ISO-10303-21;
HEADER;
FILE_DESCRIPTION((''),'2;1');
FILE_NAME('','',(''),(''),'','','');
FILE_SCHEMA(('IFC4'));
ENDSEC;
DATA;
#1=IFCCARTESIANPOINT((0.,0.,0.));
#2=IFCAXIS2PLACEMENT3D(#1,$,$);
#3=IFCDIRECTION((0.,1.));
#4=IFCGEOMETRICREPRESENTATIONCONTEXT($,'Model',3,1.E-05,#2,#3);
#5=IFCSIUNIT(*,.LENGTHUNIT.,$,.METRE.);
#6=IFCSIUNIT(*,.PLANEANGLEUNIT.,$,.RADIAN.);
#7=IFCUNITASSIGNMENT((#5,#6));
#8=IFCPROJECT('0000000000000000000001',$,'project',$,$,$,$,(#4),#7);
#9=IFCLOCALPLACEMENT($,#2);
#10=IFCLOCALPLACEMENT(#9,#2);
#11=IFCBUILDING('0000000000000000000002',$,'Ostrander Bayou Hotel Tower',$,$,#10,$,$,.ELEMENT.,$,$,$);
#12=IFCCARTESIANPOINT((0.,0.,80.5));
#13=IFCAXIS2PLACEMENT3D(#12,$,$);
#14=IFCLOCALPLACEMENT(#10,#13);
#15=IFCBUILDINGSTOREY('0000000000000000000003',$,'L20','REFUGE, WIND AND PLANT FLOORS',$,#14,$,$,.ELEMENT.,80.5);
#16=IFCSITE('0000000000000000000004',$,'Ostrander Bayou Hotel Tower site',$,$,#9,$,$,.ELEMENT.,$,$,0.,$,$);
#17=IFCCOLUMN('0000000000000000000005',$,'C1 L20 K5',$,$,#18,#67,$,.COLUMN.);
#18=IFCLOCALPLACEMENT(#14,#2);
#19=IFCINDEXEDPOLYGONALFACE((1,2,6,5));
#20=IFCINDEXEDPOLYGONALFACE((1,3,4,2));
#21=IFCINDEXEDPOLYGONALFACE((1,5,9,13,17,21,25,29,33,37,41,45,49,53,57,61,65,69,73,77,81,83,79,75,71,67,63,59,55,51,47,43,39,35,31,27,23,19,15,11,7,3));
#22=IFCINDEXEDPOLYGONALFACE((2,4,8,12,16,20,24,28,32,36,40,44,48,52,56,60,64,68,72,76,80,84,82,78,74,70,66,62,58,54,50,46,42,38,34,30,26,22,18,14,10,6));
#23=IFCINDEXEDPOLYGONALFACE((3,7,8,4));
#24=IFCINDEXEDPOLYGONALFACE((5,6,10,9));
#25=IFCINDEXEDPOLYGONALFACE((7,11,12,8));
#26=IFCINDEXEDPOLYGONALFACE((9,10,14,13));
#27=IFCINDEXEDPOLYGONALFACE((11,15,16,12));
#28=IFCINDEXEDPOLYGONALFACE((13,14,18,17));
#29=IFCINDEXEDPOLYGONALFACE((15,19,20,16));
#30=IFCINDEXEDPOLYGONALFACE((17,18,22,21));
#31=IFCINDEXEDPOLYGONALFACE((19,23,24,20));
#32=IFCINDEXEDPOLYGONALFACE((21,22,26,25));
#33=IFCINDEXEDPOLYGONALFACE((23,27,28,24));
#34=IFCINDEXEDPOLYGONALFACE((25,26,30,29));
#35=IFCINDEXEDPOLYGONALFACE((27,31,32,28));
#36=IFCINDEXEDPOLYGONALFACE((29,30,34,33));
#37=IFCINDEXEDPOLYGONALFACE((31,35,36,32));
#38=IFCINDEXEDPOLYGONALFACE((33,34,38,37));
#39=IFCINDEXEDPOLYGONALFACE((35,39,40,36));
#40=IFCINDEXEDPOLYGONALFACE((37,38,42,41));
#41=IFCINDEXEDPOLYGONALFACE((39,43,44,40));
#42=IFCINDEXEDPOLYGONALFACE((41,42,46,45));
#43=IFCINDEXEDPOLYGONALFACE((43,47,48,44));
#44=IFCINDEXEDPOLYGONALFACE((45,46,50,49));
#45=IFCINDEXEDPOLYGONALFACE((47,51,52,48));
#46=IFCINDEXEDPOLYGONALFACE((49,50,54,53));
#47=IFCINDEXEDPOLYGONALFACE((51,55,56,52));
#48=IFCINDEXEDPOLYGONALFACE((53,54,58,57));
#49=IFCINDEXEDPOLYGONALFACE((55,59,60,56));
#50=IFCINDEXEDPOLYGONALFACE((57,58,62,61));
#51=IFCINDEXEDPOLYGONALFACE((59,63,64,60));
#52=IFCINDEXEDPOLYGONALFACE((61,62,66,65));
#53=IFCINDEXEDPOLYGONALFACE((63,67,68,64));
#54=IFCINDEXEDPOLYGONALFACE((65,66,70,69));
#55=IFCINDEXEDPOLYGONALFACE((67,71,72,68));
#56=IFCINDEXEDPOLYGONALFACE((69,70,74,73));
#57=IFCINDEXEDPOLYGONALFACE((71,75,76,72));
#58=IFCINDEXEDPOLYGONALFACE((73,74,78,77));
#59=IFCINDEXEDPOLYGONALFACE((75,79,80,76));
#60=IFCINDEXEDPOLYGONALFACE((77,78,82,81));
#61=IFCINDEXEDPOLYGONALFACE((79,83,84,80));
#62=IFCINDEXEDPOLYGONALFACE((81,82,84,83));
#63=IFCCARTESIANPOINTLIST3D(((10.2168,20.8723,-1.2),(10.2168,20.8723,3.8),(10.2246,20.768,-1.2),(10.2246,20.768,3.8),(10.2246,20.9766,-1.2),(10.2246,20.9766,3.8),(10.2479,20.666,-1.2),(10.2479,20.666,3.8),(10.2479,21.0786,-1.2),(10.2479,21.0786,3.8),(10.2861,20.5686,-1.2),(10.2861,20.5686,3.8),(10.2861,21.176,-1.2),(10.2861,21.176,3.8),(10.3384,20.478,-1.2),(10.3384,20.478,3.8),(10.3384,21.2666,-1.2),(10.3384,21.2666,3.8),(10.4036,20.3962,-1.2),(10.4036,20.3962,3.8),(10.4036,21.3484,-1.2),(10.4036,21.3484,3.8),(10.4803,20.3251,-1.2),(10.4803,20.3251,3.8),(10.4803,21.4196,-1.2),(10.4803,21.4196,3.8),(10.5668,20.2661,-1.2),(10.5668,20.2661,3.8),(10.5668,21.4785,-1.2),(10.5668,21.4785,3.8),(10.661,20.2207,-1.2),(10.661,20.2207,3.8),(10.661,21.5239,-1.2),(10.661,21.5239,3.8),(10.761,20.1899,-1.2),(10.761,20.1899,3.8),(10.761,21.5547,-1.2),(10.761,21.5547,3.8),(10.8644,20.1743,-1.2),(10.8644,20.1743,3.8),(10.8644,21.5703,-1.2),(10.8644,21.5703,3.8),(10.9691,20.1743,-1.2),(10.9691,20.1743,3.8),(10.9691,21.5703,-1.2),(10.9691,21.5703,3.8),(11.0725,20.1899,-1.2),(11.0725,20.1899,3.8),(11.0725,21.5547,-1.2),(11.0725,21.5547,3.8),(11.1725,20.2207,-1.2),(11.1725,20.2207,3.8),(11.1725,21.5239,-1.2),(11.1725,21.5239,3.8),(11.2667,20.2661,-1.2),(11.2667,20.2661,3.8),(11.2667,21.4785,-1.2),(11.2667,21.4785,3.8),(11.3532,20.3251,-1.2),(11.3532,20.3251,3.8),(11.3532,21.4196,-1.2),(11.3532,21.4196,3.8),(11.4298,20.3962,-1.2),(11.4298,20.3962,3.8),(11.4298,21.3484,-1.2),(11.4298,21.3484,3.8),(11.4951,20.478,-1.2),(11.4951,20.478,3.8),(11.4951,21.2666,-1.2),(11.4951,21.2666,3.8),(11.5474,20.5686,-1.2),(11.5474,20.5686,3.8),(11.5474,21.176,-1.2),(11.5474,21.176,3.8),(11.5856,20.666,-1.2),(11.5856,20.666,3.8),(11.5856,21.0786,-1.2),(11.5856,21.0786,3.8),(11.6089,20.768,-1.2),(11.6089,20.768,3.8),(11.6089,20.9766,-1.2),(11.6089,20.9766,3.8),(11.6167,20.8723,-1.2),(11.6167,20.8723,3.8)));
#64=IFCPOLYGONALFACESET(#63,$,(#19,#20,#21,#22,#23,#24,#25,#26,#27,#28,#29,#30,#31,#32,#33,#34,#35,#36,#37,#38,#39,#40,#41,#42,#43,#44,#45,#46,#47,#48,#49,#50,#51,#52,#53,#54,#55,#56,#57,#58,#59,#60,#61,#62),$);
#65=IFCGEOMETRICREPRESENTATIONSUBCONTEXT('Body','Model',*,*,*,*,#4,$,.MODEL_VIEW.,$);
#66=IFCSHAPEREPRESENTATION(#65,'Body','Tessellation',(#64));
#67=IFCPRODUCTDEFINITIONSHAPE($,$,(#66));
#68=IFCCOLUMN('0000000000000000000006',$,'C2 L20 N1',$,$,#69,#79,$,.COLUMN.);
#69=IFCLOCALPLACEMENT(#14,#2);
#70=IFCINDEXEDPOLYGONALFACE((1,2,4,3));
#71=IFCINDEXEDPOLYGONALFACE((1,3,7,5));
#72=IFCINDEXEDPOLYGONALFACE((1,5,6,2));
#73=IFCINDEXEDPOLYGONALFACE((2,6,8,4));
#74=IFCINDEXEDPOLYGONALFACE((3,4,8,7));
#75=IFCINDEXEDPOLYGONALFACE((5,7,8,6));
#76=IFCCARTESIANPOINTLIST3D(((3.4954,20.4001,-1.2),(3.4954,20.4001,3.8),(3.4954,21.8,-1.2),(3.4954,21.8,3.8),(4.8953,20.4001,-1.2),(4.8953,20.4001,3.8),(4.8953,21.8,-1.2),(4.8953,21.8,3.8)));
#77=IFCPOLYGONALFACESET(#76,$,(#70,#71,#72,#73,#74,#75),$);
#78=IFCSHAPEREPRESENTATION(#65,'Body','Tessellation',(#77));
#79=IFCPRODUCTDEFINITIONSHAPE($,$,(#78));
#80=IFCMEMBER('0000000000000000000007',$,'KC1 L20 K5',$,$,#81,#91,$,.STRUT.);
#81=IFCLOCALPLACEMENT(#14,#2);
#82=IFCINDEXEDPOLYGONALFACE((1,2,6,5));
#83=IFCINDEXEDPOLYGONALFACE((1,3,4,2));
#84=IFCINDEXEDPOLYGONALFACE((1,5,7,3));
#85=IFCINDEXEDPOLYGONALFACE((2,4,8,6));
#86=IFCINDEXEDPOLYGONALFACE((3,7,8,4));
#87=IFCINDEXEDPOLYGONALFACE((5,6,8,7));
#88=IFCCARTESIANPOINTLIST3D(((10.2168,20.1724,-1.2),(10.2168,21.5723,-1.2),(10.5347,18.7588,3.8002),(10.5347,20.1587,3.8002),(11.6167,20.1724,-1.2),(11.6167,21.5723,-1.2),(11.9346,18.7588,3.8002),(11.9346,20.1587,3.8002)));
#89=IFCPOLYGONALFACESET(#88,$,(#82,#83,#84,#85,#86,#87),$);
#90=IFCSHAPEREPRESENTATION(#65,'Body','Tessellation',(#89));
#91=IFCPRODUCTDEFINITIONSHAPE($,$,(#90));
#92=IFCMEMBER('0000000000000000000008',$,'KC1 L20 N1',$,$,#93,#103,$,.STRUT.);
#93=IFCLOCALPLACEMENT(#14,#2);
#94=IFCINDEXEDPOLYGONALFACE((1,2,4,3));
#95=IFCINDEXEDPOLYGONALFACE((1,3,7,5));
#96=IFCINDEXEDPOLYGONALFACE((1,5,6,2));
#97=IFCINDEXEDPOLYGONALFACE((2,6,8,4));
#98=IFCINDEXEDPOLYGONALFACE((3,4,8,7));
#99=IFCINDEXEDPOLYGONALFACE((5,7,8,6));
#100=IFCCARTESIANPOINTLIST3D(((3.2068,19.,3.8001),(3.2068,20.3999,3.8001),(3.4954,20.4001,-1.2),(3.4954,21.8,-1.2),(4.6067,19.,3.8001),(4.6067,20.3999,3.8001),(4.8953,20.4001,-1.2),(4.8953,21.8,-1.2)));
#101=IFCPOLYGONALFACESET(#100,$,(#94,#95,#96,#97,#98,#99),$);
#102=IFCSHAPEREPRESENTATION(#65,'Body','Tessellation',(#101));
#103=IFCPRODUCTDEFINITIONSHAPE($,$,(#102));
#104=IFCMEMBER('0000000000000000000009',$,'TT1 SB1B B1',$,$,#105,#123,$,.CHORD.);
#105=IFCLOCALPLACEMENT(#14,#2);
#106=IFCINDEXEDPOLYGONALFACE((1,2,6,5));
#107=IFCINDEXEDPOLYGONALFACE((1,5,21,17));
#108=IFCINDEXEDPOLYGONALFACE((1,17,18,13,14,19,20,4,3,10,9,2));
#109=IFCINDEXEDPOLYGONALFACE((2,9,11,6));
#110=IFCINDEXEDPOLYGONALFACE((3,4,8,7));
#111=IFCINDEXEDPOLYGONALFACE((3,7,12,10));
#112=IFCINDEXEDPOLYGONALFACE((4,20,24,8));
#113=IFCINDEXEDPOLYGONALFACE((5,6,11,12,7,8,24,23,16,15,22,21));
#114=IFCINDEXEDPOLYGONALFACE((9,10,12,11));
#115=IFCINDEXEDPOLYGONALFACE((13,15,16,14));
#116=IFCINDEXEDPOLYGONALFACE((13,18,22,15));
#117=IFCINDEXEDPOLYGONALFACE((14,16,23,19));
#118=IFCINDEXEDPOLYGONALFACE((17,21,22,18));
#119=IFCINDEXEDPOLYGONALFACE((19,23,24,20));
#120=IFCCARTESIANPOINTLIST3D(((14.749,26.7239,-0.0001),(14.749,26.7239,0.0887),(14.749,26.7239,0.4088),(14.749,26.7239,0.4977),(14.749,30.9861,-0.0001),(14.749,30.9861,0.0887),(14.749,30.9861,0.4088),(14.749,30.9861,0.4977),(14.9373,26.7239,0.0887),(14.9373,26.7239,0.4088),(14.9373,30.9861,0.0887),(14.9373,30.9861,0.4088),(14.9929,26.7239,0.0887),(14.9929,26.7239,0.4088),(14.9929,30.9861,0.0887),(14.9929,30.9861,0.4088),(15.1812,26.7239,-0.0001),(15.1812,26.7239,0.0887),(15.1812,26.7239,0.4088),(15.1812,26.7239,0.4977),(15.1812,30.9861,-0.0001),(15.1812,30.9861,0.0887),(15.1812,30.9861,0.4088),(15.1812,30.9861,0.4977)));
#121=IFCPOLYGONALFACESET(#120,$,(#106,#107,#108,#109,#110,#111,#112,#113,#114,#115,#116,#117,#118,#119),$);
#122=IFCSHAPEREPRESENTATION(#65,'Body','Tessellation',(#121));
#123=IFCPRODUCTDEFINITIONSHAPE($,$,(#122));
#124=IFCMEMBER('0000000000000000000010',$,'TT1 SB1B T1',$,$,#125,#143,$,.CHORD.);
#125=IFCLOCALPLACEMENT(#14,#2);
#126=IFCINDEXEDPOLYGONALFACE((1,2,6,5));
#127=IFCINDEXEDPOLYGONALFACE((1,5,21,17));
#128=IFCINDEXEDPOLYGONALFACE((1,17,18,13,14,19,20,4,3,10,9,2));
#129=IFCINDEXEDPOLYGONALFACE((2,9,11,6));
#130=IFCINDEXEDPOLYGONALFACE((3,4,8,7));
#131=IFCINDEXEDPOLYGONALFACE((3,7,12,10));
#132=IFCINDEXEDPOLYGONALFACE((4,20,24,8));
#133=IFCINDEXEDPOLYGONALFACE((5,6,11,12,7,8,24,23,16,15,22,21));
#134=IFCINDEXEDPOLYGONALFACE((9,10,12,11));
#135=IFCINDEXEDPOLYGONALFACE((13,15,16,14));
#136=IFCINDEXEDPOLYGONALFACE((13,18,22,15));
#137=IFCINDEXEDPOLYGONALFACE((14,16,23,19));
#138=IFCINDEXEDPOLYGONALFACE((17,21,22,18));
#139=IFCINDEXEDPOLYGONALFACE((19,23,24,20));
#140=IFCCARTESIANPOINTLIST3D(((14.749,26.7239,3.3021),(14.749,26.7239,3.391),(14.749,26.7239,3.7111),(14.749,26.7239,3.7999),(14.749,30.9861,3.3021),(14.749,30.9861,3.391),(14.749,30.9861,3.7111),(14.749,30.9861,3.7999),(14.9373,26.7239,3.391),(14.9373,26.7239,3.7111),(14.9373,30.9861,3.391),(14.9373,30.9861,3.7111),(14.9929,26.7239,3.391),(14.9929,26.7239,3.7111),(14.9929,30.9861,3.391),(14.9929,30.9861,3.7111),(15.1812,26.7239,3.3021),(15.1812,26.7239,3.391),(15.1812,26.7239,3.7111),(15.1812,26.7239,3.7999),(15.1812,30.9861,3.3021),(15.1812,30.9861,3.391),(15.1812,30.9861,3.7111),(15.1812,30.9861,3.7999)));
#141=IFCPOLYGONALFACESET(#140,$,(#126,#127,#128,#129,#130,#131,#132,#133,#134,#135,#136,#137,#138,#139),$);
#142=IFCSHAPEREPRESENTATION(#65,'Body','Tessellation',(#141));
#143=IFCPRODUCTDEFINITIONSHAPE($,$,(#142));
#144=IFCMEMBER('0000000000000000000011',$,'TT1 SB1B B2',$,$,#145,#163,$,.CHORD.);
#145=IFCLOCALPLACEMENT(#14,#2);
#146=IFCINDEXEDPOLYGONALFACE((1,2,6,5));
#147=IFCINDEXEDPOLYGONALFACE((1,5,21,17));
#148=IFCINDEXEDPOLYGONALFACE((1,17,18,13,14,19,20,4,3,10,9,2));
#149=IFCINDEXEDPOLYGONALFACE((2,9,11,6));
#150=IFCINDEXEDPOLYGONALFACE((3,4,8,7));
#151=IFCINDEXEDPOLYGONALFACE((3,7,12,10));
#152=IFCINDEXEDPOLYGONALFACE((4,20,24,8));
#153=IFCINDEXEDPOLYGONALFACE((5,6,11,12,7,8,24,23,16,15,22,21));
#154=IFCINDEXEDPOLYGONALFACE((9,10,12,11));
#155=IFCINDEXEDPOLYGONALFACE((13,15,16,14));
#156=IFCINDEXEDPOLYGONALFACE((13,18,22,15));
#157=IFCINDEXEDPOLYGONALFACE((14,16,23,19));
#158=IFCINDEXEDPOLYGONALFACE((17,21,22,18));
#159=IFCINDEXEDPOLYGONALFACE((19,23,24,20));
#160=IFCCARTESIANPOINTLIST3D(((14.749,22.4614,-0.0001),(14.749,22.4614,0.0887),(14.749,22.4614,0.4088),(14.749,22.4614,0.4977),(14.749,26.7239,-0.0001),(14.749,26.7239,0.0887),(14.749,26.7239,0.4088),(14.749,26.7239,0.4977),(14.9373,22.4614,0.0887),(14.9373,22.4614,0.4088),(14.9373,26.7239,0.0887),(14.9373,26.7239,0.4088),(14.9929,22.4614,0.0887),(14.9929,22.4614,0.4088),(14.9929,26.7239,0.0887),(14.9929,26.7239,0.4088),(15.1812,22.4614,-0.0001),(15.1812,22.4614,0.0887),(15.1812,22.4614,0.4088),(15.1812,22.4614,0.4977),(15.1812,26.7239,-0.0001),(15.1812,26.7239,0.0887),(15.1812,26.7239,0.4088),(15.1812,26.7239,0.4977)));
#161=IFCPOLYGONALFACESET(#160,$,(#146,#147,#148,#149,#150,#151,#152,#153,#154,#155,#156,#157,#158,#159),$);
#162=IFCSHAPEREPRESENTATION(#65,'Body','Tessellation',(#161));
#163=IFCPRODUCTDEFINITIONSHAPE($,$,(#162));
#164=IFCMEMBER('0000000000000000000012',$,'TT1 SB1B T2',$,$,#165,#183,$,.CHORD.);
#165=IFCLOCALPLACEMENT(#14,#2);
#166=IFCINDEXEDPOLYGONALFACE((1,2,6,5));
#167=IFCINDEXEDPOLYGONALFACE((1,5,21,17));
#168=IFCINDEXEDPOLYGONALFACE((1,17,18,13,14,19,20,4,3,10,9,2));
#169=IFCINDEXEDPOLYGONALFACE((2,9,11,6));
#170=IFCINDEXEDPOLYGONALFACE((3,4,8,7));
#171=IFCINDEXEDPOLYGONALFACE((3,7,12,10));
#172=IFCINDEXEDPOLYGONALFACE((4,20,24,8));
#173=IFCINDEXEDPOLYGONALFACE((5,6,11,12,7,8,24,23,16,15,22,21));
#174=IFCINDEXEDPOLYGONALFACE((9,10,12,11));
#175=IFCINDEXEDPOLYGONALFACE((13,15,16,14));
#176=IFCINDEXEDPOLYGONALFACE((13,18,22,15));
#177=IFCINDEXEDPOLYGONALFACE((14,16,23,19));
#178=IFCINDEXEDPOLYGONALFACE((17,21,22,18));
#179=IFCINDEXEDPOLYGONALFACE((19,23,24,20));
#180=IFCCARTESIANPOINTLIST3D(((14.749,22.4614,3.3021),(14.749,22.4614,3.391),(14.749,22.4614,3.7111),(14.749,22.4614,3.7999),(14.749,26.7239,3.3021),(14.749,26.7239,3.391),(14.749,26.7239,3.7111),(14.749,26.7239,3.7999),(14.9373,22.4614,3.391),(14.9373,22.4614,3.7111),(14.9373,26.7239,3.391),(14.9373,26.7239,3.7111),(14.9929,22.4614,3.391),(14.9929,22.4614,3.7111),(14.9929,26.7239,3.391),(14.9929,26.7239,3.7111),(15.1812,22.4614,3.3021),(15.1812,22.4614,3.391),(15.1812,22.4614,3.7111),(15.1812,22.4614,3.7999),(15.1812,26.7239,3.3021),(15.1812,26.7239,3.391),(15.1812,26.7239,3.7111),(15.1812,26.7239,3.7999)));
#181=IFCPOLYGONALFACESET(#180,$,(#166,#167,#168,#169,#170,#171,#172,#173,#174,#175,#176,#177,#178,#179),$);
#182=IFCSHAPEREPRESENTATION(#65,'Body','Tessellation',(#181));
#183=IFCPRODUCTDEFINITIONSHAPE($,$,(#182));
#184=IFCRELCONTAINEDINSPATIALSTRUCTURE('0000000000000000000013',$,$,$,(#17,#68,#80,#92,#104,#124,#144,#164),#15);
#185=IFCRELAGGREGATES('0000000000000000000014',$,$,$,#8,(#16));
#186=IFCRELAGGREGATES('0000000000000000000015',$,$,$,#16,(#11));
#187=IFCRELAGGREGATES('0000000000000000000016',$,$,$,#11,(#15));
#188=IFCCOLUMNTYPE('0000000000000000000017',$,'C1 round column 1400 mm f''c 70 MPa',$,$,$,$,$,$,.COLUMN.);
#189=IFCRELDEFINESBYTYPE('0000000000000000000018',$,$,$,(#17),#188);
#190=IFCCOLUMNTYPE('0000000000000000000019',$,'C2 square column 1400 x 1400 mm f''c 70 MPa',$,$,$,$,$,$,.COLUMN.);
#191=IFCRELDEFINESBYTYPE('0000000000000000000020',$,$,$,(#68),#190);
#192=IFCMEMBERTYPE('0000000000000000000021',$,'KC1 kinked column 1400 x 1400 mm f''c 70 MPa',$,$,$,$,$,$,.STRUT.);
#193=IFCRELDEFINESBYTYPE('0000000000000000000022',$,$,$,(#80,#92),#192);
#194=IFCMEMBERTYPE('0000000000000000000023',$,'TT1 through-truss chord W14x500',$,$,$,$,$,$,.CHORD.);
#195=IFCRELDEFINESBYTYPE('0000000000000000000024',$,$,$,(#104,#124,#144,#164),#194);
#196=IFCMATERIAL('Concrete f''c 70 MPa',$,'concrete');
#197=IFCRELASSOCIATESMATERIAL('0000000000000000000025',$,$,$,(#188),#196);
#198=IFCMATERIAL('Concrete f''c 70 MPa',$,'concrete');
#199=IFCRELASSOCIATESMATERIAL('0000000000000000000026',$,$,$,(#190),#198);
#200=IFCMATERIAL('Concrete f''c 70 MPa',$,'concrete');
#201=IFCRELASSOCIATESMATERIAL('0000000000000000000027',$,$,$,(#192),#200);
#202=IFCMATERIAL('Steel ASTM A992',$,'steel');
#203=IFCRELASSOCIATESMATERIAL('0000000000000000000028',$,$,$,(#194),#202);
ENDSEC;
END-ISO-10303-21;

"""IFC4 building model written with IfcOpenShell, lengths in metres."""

from ifc_helpers import new_model, si_unit, direction, frame, origin, origin_2d, place, context, subcontext, project, spatial, rectangle, circle, i_section, extrude, material, material_profile, profile_set, type_object, element, save


model = new_model("IFC4")

# Units and contexts
model_context = context("Model", 3, precision=1e-05, world=origin(), true_north=direction((0.0, 1.0)))
body_context = subcontext(model_context, "Body", "Model", "MODEL_VIEW")
ifc_project = project(units=[si_unit("LENGTHUNIT", "METRE"), si_unit("PLANEANGLEUNIT", "RADIAN")], contexts=[model_context])

# Site, building, storey
site_placement = place(None, origin())
site = spatial("IfcSite", under=ifc_project, at=site_placement, Name="Ostrander Bayou Hotel Tower site", CompositionType="ELEMENT", RefElevation=0.0)
building_placement = place(site_placement, origin())
building = spatial("IfcBuilding", under=site, at=building_placement, Name="Ostrander Bayou Hotel Tower", CompositionType="ELEMENT")
storey_placement = place(building_placement, frame((0.0, 0.0, 80.5)))
storey = spatial("IfcBuildingStorey", under=building, at=storey_placement, Name="L20", Description="REFUGE, WIND AND PLANT FLOORS", CompositionType="ELEMENT", Elevation=80.5)

# Columns
ifc_material_1 = material(Name="Concrete f'c 70 MPa", Category="concrete")
ifc_material_profile_1 = material_profile(ifc_material_1, circle(Radius=0.7, at=origin_2d()))
ifc_profile_set_1 = profile_set([ifc_material_profile_1], Name="Concrete f'c 70 MPa")
column_type_1 = type_object("IfcColumnType", Name="C1 round column 1400 mm f'c 70 MPa", PredefinedType="COLUMN", material=ifc_profile_set_1)
column_1_placement = place(storey_placement, frame((10.9167, 20.8723, -1.2), z_axis=(0.0, 0.0, 1.0), x_axis=(1.0, 0.0, 0.0)))
element("IfcColumn", 1, at=column_1_placement, inside=storey, type_object=column_type_1, Name="C1 L20 K5", PredefinedType="COLUMN", context=body_context, shape_type="SweptSolid", body=[
    extrude(circle(Radius=0.7, at=origin_2d()), origin(), (0.0, 0.0, 1.0), 5.0),
])
ifc_material_2 = material(Name="Concrete f'c 70 MPa", Category="concrete")
ifc_material_profile_2 = material_profile(ifc_material_2, rectangle(XDim=1.3999, YDim=1.3999, at=origin_2d()))
ifc_profile_set_2 = profile_set([ifc_material_profile_2], Name="Concrete f'c 70 MPa")
column_type_2 = type_object("IfcColumnType", Name="C2 square column 1400 x 1400 mm f'c 70 MPa", PredefinedType="COLUMN", material=ifc_profile_set_2)
column_2_placement = place(storey_placement, frame((4.1953, 21.1001, -1.2), z_axis=(0.0, 0.0, 1.0), x_axis=(1.0, 0.0, 0.0)))
element("IfcColumn", 2, at=column_2_placement, inside=storey, type_object=column_type_2, Name="C2 L20 N1", PredefinedType="COLUMN", context=body_context, shape_type="SweptSolid", body=[
    extrude(rectangle(XDim=1.3999, YDim=1.3999, at=origin_2d()), origin(), (0.0, 0.0, 1.0), 5.0),
])

# Members
ifc_material_3 = material(Name="Concrete f'c 70 MPa", Category="concrete")
ifc_material_profile_3 = material_profile(ifc_material_3, rectangle(XDim=1.3999, YDim=1.3999, at=origin_2d()))
ifc_profile_set_3 = profile_set([ifc_material_profile_3], Name="Concrete f'c 70 MPa")
member_type_1 = type_object("IfcMemberType", Name="KC1 kinked column 1400 x 1400 mm f'c 70 MPa", PredefinedType="STRUT", material=ifc_profile_set_3)
member_1_placement = place(storey_placement, frame((10.9167, 20.8723, -1.2), z_axis=(0.0, 0.0, 1.0), x_axis=(1.0, 0.0, 0.0)))
element("IfcMember", 3, at=member_1_placement, inside=storey, type_object=member_type_1, Name="KC1 L20 K5", PredefinedType="STRUT", context=body_context, shape_type="SweptSolid", body=[
    extrude(rectangle(XDim=1.3999, YDim=1.3999, at=origin_2d()), origin(), (0.061062, -0.271544, 0.960487), 5.2058),
])
member_2_placement = place(storey_placement, frame((4.1953, 21.1001, -1.2), z_axis=(0.0, 0.0, 1.0), x_axis=(1.0, 0.0, 0.0)))
element("IfcMember", 4, at=member_2_placement, inside=storey, type_object=member_type_1, Name="KC1 L20 N1", PredefinedType="STRUT", context=body_context, shape_type="SweptSolid", body=[
    extrude(rectangle(XDim=1.3999, YDim=1.3999, at=origin_2d()), origin(), (-0.055491, -0.269241, 0.961473), 5.2004),
])
ifc_material_4 = material(Name="Steel ASTM A992", Category="steel")
ifc_material_profile_4 = material_profile(ifc_material_4, i_section(OverallWidth=0.4321, OverallDepth=0.4978, WebThickness=0.0557, FlangeThickness=0.0889, at=origin_2d()))
ifc_profile_set_4 = profile_set([ifc_material_profile_4], Name="Steel ASTM A992")
member_type_2 = type_object("IfcMemberType", Name="TT1 through-truss chord W14x500", PredefinedType="CHORD", material=ifc_profile_set_4)
for number, where, z_axis, x_axis, name in (
    (5, (14.9651, 30.9861, 0.2488), (0.0, -1.0, 0.0), (1.0, 0.0, 0.0), "TT1 SB1B B1"),
    (6, (14.9651, 30.9861, 3.551), (0.0, -1.0, 0.0), (1.0, 0.0, 0.0), "TT1 SB1B T1"),
):
    element("IfcMember", number, at=place(storey_placement, frame(where, z_axis=z_axis, x_axis=x_axis)), inside=storey, type_object=member_type_2, Name=name, PredefinedType="CHORD", context=body_context, shape_type="SweptSolid", body=[
        extrude(i_section(OverallWidth=0.4321, OverallDepth=0.4978, WebThickness=0.0557, FlangeThickness=0.0889, at=origin_2d()), origin(), (0.0, 0.0, 1.0), 4.2622),
    ])
for number, where, z_axis, x_axis, name in (
    (7, (14.9651, 26.7239, 0.2488), (0.0, -1.0, 0.0), (1.0, 0.0, 0.0), "TT1 SB1B B2"),
    (8, (14.9651, 26.7239, 3.551), (0.0, -1.0, 0.0), (1.0, 0.0, 0.0), "TT1 SB1B T2"),
):
    element("IfcMember", number, at=place(storey_placement, frame(where, z_axis=z_axis, x_axis=x_axis)), inside=storey, type_object=member_type_2, Name=name, PredefinedType="CHORD", context=body_context, shape_type="SweptSolid", body=[
        extrude(i_section(OverallWidth=0.4321, OverallDepth=0.4978, WebThickness=0.0557, FlangeThickness=0.0889, at=origin_2d()), origin(), (0.0, 0.0, 1.0), 4.2625),
    ])

save(model, "model.ifc")
